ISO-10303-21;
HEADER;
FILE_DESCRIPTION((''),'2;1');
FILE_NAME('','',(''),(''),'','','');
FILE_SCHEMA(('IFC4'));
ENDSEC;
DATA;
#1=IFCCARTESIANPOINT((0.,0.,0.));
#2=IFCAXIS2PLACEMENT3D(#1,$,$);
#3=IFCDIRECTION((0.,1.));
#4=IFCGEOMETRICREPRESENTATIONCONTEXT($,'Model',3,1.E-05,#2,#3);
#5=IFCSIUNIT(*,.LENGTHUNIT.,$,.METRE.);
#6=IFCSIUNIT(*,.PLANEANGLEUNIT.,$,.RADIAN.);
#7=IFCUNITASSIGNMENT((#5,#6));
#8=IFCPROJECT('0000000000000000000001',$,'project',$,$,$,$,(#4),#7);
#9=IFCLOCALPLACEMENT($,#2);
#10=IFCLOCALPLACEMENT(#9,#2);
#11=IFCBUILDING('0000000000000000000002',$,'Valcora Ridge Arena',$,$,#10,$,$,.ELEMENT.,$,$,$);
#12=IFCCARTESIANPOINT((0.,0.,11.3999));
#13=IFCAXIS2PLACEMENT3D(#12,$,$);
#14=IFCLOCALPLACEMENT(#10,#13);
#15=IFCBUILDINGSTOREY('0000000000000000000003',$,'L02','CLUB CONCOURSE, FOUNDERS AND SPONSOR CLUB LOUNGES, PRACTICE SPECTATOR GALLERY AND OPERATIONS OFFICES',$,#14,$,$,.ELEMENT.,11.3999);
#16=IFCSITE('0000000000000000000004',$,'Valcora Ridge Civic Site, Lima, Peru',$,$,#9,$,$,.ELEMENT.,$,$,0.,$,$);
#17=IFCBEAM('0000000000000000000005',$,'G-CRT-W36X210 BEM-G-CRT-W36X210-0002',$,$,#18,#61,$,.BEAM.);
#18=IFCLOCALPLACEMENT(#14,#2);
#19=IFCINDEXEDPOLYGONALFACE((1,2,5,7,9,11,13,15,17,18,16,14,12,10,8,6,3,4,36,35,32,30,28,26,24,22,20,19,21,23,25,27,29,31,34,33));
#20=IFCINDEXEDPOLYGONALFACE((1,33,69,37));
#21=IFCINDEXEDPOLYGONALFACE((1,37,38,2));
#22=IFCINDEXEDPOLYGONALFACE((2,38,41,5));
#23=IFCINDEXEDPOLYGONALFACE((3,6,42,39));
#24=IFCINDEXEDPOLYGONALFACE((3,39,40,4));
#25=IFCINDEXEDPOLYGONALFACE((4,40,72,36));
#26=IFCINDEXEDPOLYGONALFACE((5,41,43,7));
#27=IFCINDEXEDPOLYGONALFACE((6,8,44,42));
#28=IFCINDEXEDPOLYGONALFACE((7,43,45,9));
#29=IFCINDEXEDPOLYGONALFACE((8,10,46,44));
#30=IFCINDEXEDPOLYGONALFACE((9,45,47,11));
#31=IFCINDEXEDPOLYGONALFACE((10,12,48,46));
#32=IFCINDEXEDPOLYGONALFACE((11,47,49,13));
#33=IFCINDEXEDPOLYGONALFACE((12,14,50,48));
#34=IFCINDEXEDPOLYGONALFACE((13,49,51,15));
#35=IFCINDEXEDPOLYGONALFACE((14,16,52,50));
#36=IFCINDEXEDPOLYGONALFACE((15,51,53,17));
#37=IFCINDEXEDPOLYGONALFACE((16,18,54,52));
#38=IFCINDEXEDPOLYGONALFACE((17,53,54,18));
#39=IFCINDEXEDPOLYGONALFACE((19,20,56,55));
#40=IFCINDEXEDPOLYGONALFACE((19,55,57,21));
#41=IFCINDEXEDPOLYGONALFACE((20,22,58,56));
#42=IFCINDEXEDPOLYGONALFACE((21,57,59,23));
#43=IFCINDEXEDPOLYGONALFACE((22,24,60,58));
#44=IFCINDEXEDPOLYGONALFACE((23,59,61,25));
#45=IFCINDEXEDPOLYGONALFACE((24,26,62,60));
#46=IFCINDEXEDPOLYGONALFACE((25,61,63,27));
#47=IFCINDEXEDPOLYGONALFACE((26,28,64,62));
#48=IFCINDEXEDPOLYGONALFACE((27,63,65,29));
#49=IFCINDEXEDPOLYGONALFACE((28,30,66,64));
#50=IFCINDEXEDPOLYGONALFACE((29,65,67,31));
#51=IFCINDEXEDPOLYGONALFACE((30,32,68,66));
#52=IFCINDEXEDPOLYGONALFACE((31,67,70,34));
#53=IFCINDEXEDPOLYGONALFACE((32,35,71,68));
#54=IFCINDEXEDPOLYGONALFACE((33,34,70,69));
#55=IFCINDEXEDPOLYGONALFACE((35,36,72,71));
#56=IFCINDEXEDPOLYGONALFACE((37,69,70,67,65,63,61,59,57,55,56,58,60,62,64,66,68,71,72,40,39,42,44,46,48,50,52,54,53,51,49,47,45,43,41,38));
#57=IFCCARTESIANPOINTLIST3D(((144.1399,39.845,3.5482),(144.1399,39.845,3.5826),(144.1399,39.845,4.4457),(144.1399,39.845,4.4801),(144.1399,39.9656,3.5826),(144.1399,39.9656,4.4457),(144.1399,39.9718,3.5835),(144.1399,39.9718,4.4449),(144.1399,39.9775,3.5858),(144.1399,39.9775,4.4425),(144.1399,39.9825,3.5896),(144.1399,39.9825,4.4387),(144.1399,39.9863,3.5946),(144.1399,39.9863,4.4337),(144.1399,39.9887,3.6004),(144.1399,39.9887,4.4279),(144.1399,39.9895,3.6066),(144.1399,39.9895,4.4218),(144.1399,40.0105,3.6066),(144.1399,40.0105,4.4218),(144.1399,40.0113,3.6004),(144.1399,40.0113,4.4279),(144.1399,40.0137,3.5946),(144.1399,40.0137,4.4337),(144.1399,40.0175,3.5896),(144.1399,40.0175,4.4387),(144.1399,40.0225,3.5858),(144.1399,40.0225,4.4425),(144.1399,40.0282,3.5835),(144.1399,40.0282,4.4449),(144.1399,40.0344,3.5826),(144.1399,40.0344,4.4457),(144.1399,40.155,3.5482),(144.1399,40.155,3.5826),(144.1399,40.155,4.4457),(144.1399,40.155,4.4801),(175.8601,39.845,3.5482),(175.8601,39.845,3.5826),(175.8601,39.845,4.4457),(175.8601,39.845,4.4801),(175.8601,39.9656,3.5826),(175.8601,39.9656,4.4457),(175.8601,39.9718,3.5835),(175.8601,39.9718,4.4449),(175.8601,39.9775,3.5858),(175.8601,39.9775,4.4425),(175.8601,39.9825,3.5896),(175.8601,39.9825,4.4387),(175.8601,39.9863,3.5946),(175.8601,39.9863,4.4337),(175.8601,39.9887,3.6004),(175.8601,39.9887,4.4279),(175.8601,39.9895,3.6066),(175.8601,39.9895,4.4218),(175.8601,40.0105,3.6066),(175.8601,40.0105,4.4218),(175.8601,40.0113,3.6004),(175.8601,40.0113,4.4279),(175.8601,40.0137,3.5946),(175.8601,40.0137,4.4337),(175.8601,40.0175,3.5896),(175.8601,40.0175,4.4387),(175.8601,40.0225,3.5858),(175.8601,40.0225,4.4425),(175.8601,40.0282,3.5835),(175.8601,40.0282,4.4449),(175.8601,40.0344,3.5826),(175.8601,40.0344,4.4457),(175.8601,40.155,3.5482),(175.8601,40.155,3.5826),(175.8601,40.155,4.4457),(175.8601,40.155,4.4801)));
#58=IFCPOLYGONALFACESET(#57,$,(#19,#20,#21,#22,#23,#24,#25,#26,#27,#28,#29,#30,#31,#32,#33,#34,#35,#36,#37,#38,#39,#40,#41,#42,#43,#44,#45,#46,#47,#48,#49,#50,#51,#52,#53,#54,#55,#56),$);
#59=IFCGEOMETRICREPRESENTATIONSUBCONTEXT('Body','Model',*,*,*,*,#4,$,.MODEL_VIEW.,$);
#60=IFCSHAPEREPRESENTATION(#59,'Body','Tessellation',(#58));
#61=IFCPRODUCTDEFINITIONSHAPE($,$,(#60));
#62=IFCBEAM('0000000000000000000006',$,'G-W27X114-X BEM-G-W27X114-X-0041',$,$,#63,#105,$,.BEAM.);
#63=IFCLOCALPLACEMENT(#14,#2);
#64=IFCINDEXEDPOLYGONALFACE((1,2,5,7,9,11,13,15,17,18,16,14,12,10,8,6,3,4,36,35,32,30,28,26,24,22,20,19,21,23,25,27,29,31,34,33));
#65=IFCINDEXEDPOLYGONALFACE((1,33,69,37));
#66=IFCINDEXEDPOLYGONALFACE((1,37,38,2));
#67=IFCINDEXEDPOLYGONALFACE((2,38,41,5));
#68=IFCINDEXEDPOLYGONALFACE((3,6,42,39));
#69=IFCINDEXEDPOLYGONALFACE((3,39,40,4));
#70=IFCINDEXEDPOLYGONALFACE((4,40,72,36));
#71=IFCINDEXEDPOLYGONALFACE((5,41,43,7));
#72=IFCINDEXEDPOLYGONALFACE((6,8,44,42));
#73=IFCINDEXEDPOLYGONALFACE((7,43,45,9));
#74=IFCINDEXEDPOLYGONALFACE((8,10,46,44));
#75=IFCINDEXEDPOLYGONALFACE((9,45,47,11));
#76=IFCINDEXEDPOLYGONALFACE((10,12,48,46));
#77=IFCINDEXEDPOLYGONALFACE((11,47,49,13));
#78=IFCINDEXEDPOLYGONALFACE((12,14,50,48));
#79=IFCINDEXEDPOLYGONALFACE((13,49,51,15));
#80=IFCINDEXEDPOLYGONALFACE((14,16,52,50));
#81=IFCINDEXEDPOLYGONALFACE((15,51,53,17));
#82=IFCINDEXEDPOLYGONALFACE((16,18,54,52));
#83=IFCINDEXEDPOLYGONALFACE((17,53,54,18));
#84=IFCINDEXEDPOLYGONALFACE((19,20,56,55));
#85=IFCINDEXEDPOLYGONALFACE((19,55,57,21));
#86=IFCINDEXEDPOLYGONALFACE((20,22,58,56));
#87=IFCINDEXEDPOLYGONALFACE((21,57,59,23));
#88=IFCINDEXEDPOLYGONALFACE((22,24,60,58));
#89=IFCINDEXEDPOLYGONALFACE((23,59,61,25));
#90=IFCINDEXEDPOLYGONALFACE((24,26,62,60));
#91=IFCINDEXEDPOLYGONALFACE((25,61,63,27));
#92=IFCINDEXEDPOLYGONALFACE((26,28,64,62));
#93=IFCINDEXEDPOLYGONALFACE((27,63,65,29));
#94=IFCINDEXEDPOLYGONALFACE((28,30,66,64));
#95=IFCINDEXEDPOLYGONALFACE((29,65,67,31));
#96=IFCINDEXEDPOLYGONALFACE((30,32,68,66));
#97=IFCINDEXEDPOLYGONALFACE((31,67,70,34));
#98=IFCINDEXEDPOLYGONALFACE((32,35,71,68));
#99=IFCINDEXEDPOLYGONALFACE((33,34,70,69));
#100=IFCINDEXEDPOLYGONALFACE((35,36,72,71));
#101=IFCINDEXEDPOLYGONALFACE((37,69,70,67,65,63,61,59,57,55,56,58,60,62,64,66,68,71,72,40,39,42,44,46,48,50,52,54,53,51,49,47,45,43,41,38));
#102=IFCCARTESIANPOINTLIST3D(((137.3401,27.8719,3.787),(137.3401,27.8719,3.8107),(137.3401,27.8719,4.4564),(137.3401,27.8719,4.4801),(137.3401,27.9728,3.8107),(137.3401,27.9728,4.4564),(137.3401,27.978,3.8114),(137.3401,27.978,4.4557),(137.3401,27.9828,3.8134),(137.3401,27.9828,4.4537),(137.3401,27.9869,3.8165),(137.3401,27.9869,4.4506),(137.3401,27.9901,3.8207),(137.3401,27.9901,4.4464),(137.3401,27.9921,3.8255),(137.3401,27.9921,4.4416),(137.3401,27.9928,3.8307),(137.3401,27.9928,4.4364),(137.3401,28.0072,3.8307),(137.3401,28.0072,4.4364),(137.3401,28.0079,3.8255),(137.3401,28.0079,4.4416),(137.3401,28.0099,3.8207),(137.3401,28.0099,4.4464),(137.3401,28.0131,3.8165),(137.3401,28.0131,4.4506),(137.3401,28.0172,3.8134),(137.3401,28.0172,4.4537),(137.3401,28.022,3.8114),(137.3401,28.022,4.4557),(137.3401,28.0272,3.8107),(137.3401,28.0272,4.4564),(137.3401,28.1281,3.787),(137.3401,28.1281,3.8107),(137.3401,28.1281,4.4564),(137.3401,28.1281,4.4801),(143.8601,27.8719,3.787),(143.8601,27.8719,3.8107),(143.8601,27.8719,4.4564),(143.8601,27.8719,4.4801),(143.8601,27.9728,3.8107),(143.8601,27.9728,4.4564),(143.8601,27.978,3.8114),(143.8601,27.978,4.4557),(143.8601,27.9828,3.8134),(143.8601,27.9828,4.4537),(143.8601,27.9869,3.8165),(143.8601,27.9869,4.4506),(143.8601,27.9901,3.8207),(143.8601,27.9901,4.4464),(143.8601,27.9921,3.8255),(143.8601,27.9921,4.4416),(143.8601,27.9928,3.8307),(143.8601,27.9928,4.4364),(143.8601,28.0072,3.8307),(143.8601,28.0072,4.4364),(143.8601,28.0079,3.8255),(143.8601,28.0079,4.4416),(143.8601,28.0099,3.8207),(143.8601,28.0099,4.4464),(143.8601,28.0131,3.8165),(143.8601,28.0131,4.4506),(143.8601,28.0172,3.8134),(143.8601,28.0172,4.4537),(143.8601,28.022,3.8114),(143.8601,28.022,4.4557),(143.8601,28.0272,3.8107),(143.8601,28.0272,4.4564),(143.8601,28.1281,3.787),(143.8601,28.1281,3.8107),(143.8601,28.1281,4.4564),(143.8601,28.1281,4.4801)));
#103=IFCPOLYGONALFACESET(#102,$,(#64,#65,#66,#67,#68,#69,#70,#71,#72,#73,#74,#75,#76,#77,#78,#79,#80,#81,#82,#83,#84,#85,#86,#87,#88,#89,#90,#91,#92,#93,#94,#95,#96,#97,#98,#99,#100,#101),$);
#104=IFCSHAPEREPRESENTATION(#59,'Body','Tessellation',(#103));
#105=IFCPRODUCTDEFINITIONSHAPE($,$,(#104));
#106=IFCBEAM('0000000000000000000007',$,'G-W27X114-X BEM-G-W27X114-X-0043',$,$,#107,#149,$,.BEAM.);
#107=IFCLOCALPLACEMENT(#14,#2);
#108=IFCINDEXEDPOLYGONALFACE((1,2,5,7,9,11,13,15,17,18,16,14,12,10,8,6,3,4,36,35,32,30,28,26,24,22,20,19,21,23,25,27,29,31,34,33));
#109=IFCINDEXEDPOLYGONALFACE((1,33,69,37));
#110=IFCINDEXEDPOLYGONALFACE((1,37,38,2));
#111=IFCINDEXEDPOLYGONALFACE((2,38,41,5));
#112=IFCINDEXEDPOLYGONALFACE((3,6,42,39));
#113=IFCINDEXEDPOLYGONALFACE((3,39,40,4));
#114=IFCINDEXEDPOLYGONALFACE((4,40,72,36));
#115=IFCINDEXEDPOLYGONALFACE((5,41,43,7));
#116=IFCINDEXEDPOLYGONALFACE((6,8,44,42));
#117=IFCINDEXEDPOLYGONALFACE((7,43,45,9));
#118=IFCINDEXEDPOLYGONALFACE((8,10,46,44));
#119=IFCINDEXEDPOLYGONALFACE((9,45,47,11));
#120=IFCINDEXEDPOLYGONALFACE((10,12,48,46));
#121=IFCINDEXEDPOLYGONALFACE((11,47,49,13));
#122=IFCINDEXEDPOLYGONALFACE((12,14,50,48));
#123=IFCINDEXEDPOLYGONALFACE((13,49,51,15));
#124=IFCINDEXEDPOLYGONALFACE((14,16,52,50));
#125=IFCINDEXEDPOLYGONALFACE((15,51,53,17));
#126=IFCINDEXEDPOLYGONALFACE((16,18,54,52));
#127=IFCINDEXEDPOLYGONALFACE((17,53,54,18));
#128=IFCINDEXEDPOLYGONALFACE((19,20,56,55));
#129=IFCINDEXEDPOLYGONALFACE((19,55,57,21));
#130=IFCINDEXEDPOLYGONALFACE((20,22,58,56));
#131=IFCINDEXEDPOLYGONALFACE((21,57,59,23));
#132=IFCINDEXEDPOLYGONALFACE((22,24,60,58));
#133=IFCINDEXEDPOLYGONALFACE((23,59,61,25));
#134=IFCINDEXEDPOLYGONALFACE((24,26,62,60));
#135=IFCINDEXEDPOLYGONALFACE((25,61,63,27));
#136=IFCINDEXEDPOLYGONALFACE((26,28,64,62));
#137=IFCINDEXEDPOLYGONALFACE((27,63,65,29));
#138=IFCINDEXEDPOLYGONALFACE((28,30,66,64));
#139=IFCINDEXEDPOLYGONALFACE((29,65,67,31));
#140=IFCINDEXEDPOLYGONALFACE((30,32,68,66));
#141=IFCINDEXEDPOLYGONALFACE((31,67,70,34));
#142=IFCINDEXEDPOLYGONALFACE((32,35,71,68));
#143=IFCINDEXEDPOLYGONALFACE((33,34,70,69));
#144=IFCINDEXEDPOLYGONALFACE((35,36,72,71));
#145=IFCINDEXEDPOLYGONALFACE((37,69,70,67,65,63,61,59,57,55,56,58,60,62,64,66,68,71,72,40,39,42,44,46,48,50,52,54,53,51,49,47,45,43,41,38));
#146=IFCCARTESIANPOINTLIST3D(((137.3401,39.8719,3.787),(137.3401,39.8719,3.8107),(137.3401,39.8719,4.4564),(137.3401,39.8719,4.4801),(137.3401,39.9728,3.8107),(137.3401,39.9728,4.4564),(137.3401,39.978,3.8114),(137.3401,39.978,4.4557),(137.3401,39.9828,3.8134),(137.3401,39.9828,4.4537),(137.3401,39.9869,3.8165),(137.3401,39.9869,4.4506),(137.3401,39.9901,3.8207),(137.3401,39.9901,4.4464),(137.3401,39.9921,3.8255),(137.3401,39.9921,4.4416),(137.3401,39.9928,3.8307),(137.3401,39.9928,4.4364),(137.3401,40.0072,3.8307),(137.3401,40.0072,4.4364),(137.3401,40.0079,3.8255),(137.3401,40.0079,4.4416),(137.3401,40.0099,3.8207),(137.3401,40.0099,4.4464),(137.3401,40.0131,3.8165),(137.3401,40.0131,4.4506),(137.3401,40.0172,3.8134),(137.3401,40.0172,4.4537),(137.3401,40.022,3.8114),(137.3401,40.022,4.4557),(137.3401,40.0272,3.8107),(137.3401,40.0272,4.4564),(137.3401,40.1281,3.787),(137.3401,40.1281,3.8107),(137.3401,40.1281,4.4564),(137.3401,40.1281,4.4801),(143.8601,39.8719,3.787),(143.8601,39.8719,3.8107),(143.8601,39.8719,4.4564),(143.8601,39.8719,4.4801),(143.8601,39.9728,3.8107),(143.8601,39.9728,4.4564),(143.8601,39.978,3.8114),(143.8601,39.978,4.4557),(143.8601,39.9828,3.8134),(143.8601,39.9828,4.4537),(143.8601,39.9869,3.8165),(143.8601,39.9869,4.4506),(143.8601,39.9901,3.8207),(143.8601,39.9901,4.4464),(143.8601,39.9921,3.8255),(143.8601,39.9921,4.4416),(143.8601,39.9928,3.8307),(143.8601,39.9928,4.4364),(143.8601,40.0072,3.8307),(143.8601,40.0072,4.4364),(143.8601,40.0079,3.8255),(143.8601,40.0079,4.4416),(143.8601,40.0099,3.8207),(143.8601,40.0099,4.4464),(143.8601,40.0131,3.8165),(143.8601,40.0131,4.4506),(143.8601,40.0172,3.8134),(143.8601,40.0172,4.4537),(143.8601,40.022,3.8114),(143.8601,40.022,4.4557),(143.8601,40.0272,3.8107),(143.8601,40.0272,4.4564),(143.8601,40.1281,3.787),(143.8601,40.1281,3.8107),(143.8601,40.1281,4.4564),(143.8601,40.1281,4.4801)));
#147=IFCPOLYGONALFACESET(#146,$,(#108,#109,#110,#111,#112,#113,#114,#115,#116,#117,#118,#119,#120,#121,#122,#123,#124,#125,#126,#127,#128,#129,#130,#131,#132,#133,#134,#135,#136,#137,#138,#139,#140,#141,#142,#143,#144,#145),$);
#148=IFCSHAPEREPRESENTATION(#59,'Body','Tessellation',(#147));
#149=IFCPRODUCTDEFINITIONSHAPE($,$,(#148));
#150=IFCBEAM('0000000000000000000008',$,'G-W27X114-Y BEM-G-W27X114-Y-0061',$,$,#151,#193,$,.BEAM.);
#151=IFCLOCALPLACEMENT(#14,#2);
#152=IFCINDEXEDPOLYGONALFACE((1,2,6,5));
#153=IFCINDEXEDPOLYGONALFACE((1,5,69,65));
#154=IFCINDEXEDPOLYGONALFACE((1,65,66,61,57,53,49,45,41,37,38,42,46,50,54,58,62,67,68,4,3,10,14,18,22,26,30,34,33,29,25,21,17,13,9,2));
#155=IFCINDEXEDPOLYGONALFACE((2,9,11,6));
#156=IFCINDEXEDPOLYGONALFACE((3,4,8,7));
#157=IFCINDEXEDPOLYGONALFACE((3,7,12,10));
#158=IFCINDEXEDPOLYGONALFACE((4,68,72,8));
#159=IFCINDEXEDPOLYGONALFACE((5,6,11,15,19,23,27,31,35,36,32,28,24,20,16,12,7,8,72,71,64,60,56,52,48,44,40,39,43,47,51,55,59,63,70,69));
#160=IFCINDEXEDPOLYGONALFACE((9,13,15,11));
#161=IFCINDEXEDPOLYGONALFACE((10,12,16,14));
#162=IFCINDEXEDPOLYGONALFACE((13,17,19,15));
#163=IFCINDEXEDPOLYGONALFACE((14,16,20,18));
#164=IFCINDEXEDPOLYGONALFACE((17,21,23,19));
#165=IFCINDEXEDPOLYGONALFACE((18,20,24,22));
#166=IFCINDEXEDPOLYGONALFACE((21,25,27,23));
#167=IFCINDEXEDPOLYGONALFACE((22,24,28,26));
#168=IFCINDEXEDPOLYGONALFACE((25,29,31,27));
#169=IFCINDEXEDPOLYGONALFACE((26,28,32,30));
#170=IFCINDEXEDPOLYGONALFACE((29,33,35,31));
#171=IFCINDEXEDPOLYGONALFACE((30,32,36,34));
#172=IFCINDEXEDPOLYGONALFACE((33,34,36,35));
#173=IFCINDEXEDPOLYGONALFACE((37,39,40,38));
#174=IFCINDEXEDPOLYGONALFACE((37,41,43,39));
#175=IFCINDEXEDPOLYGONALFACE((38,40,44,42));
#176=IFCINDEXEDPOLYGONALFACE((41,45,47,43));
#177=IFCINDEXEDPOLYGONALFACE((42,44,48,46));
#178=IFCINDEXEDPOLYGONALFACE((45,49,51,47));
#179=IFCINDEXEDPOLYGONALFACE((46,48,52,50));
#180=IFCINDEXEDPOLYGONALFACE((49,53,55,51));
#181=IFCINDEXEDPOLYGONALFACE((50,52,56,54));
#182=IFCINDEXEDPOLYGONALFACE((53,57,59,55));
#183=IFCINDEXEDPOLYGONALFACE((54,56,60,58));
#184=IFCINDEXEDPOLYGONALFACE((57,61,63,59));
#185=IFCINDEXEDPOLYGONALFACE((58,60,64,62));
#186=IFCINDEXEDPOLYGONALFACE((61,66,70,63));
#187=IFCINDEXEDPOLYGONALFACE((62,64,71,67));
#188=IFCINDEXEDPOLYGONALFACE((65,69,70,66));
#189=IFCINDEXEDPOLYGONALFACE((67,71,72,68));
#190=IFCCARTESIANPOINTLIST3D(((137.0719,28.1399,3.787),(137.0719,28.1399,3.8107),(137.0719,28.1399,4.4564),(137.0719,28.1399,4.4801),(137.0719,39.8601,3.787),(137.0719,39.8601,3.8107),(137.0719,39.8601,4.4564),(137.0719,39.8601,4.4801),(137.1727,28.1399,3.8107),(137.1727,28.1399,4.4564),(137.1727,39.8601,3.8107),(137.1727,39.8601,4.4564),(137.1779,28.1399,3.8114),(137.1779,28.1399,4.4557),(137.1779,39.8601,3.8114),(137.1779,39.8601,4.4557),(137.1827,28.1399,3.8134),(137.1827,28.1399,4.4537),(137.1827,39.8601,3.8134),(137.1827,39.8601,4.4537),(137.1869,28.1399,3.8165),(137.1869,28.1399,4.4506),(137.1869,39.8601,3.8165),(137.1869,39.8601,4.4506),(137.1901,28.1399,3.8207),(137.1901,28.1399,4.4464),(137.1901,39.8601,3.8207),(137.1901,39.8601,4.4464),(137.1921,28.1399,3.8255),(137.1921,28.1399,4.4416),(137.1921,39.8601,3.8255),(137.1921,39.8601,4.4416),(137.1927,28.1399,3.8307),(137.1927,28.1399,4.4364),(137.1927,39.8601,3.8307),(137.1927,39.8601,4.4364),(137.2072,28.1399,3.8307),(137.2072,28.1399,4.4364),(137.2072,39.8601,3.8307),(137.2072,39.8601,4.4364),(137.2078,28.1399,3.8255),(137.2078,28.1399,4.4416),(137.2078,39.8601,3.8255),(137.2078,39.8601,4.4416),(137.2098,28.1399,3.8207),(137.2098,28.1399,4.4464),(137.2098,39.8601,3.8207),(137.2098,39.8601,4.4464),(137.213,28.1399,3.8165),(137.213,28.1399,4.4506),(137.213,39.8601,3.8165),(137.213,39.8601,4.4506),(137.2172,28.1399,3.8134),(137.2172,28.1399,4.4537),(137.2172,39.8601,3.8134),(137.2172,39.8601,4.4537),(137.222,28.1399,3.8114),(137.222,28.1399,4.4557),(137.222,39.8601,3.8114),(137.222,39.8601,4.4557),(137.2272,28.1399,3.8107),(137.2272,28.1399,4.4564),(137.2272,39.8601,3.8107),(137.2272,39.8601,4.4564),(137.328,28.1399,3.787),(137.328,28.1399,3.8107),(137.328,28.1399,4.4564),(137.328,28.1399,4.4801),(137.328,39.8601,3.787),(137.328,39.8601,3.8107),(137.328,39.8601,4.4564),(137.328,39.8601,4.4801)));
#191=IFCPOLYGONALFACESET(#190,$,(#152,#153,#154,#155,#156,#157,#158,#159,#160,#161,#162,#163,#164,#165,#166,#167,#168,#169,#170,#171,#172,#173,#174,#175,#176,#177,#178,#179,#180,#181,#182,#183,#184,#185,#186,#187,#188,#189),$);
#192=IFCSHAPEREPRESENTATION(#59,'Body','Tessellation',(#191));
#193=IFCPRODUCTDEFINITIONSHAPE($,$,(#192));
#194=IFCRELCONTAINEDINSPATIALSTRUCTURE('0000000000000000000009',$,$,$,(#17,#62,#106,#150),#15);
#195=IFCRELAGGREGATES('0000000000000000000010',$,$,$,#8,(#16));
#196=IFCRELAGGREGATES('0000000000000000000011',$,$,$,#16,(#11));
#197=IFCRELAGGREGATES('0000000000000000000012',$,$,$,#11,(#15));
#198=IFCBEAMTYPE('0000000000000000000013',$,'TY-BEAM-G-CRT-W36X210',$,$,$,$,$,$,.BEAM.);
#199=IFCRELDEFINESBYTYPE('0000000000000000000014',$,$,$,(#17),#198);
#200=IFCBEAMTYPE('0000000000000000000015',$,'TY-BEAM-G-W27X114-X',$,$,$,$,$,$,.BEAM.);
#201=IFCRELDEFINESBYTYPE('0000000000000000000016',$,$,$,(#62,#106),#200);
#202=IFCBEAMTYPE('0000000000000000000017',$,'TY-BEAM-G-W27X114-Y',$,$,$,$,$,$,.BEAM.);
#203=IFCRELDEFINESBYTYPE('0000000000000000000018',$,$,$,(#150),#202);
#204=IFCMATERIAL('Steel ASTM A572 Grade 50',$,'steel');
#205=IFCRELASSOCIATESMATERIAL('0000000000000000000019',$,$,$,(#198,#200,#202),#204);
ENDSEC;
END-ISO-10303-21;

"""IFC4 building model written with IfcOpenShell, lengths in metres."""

from ifc_helpers import new_model, si_unit, direction, frame, origin, origin_2d, place, context, subcontext, project, spatial, i_section, extrude, material, material_profile, profile_set, type_object, element, save


model = new_model("IFC4")

# Units and contexts
model_context = context("Model", 3, precision=1e-05, world=origin(), true_north=direction((0.0, 1.0)))
body_context = subcontext(model_context, "Body", "Model", "MODEL_VIEW")
ifc_project = project(units=[si_unit("LENGTHUNIT", "METRE"), si_unit("PLANEANGLEUNIT", "RADIAN")], contexts=[model_context])

# Site, building, storey
site_placement = place(None, origin())
site = spatial("IfcSite", under=ifc_project, at=site_placement, Name="Valcora Ridge Civic Site, Lima, Peru", CompositionType="ELEMENT", RefElevation=0.0)
building_placement = place(site_placement, origin())
building = spatial("IfcBuilding", under=site, at=building_placement, Name="Valcora Ridge Arena", CompositionType="ELEMENT")
storey_placement = place(building_placement, frame((0.0, 0.0, 11.3999)))
storey = spatial("IfcBuildingStorey", under=building, at=storey_placement, Name="L02", Description="CLUB CONCOURSE, FOUNDERS AND SPONSOR CLUB LOUNGES, PRACTICE SPECTATOR GALLERY AND OPERATIONS OFFICES", CompositionType="ELEMENT", Elevation=11.3999)

# Shared definitions
ifc_material_1 = material(Name="Steel ASTM A572 Grade 50", Category="steel")

# Beams
ifc_material_profile_1 = material_profile(ifc_material_1, i_section(OverallWidth=0.3101, OverallDepth=0.9319, WebThickness=0.021, FlangeThickness=0.0344, FilletRadius=0.0239, at=origin_2d()), Name="W36X210")
ifc_profile_set_1 = profile_set([ifc_material_profile_1], Name="Steel ASTM A572 Grade 50")
beam_type_1 = type_object("IfcBeamType", Name="TY-BEAM-G-CRT-W36X210", PredefinedType="BEAM", material=ifc_profile_set_1)
for number, where, z_axis, x_axis, name in (
    (1, (144.1399, 40.0, 4.0142), (1.0, 0.0, 0.0), (0.0, 1.0, 0.0), "G-CRT-W36X210 BEM-G-CRT-W36X210-0002"),
):
    element("IfcBeam", number, at=place(storey_placement, frame(where, z_axis=z_axis, x_axis=x_axis)), inside=storey, type_object=beam_type_1, Name=name, PredefinedType="BEAM", context=body_context, shape_type="SweptSolid", body=[
        extrude(i_section(OverallWidth=0.3101, OverallDepth=0.9319, WebThickness=0.021, FlangeThickness=0.0344, FilletRadius=0.0239, at=origin_2d()), origin(), (0.0, 0.0, 1.0), 31.7202),
    ])
ifc_material_profile_2 = material_profile(ifc_material_1, i_section(OverallWidth=0.2561, OverallDepth=0.6931, WebThickness=0.0144, FlangeThickness=0.0237, FilletRadius=0.02, at=origin_2d()), Name="W27X114")
ifc_profile_set_2 = profile_set([ifc_material_profile_2], Name="Steel ASTM A572 Grade 50")
beam_type_2 = type_object("IfcBeamType", Name="TY-BEAM-G-W27X114-X", PredefinedType="BEAM", material=ifc_profile_set_2)
for number, where, z_axis, x_axis, name in (
    (2, (137.3401, 28.0, 4.1335), (1.0, 0.0, 0.0), (0.0, 1.0, 0.0), "G-W27X114-X BEM-G-W27X114-X-0041"),
    (3, (137.3401, 40.0, 4.1335), (1.0, 0.0, 0.0), (0.0, 1.0, 0.0), "G-W27X114-X BEM-G-W27X114-X-0043"),
):
    element("IfcBeam", number, at=place(storey_placement, frame(where, z_axis=z_axis, x_axis=x_axis)), inside=storey, type_object=beam_type_2, Name=name, PredefinedType="BEAM", context=body_context, shape_type="SweptSolid", body=[
        extrude(i_section(OverallWidth=0.2561, OverallDepth=0.6931, WebThickness=0.0144, FlangeThickness=0.0237, FilletRadius=0.02, at=origin_2d()), origin(), (0.0, 0.0, 1.0), 6.52),
    ])
ifc_material_profile_3 = material_profile(ifc_material_1, i_section(OverallWidth=0.2561, OverallDepth=0.6931, WebThickness=0.0144, FlangeThickness=0.0237, FilletRadius=0.02, at=origin_2d()), Name="W27X114")
ifc_profile_set_3 = profile_set([ifc_material_profile_3], Name="Steel ASTM A572 Grade 50")
beam_type_3 = type_object("IfcBeamType", Name="TY-BEAM-G-W27X114-Y", PredefinedType="BEAM", material=ifc_profile_set_3)
beam_1_placement = place(storey_placement, frame((137.2, 28.1399, 4.1335), z_axis=(0.0, 1.0, 0.0), x_axis=(-1.0, 0.0, 0.0)))
element("IfcBeam", 4, at=beam_1_placement, inside=storey, type_object=beam_type_3, Name="G-W27X114-Y BEM-G-W27X114-Y-0061", PredefinedType="BEAM", context=body_context, shape_type="SweptSolid", body=[
    extrude(i_section(OverallWidth=0.2561, OverallDepth=0.6931, WebThickness=0.0144, FlangeThickness=0.0237, FilletRadius=0.02, at=origin_2d()), origin(), (0.0, 0.0, 1.0), 11.7202),
])

save(model, "model.ifc")
